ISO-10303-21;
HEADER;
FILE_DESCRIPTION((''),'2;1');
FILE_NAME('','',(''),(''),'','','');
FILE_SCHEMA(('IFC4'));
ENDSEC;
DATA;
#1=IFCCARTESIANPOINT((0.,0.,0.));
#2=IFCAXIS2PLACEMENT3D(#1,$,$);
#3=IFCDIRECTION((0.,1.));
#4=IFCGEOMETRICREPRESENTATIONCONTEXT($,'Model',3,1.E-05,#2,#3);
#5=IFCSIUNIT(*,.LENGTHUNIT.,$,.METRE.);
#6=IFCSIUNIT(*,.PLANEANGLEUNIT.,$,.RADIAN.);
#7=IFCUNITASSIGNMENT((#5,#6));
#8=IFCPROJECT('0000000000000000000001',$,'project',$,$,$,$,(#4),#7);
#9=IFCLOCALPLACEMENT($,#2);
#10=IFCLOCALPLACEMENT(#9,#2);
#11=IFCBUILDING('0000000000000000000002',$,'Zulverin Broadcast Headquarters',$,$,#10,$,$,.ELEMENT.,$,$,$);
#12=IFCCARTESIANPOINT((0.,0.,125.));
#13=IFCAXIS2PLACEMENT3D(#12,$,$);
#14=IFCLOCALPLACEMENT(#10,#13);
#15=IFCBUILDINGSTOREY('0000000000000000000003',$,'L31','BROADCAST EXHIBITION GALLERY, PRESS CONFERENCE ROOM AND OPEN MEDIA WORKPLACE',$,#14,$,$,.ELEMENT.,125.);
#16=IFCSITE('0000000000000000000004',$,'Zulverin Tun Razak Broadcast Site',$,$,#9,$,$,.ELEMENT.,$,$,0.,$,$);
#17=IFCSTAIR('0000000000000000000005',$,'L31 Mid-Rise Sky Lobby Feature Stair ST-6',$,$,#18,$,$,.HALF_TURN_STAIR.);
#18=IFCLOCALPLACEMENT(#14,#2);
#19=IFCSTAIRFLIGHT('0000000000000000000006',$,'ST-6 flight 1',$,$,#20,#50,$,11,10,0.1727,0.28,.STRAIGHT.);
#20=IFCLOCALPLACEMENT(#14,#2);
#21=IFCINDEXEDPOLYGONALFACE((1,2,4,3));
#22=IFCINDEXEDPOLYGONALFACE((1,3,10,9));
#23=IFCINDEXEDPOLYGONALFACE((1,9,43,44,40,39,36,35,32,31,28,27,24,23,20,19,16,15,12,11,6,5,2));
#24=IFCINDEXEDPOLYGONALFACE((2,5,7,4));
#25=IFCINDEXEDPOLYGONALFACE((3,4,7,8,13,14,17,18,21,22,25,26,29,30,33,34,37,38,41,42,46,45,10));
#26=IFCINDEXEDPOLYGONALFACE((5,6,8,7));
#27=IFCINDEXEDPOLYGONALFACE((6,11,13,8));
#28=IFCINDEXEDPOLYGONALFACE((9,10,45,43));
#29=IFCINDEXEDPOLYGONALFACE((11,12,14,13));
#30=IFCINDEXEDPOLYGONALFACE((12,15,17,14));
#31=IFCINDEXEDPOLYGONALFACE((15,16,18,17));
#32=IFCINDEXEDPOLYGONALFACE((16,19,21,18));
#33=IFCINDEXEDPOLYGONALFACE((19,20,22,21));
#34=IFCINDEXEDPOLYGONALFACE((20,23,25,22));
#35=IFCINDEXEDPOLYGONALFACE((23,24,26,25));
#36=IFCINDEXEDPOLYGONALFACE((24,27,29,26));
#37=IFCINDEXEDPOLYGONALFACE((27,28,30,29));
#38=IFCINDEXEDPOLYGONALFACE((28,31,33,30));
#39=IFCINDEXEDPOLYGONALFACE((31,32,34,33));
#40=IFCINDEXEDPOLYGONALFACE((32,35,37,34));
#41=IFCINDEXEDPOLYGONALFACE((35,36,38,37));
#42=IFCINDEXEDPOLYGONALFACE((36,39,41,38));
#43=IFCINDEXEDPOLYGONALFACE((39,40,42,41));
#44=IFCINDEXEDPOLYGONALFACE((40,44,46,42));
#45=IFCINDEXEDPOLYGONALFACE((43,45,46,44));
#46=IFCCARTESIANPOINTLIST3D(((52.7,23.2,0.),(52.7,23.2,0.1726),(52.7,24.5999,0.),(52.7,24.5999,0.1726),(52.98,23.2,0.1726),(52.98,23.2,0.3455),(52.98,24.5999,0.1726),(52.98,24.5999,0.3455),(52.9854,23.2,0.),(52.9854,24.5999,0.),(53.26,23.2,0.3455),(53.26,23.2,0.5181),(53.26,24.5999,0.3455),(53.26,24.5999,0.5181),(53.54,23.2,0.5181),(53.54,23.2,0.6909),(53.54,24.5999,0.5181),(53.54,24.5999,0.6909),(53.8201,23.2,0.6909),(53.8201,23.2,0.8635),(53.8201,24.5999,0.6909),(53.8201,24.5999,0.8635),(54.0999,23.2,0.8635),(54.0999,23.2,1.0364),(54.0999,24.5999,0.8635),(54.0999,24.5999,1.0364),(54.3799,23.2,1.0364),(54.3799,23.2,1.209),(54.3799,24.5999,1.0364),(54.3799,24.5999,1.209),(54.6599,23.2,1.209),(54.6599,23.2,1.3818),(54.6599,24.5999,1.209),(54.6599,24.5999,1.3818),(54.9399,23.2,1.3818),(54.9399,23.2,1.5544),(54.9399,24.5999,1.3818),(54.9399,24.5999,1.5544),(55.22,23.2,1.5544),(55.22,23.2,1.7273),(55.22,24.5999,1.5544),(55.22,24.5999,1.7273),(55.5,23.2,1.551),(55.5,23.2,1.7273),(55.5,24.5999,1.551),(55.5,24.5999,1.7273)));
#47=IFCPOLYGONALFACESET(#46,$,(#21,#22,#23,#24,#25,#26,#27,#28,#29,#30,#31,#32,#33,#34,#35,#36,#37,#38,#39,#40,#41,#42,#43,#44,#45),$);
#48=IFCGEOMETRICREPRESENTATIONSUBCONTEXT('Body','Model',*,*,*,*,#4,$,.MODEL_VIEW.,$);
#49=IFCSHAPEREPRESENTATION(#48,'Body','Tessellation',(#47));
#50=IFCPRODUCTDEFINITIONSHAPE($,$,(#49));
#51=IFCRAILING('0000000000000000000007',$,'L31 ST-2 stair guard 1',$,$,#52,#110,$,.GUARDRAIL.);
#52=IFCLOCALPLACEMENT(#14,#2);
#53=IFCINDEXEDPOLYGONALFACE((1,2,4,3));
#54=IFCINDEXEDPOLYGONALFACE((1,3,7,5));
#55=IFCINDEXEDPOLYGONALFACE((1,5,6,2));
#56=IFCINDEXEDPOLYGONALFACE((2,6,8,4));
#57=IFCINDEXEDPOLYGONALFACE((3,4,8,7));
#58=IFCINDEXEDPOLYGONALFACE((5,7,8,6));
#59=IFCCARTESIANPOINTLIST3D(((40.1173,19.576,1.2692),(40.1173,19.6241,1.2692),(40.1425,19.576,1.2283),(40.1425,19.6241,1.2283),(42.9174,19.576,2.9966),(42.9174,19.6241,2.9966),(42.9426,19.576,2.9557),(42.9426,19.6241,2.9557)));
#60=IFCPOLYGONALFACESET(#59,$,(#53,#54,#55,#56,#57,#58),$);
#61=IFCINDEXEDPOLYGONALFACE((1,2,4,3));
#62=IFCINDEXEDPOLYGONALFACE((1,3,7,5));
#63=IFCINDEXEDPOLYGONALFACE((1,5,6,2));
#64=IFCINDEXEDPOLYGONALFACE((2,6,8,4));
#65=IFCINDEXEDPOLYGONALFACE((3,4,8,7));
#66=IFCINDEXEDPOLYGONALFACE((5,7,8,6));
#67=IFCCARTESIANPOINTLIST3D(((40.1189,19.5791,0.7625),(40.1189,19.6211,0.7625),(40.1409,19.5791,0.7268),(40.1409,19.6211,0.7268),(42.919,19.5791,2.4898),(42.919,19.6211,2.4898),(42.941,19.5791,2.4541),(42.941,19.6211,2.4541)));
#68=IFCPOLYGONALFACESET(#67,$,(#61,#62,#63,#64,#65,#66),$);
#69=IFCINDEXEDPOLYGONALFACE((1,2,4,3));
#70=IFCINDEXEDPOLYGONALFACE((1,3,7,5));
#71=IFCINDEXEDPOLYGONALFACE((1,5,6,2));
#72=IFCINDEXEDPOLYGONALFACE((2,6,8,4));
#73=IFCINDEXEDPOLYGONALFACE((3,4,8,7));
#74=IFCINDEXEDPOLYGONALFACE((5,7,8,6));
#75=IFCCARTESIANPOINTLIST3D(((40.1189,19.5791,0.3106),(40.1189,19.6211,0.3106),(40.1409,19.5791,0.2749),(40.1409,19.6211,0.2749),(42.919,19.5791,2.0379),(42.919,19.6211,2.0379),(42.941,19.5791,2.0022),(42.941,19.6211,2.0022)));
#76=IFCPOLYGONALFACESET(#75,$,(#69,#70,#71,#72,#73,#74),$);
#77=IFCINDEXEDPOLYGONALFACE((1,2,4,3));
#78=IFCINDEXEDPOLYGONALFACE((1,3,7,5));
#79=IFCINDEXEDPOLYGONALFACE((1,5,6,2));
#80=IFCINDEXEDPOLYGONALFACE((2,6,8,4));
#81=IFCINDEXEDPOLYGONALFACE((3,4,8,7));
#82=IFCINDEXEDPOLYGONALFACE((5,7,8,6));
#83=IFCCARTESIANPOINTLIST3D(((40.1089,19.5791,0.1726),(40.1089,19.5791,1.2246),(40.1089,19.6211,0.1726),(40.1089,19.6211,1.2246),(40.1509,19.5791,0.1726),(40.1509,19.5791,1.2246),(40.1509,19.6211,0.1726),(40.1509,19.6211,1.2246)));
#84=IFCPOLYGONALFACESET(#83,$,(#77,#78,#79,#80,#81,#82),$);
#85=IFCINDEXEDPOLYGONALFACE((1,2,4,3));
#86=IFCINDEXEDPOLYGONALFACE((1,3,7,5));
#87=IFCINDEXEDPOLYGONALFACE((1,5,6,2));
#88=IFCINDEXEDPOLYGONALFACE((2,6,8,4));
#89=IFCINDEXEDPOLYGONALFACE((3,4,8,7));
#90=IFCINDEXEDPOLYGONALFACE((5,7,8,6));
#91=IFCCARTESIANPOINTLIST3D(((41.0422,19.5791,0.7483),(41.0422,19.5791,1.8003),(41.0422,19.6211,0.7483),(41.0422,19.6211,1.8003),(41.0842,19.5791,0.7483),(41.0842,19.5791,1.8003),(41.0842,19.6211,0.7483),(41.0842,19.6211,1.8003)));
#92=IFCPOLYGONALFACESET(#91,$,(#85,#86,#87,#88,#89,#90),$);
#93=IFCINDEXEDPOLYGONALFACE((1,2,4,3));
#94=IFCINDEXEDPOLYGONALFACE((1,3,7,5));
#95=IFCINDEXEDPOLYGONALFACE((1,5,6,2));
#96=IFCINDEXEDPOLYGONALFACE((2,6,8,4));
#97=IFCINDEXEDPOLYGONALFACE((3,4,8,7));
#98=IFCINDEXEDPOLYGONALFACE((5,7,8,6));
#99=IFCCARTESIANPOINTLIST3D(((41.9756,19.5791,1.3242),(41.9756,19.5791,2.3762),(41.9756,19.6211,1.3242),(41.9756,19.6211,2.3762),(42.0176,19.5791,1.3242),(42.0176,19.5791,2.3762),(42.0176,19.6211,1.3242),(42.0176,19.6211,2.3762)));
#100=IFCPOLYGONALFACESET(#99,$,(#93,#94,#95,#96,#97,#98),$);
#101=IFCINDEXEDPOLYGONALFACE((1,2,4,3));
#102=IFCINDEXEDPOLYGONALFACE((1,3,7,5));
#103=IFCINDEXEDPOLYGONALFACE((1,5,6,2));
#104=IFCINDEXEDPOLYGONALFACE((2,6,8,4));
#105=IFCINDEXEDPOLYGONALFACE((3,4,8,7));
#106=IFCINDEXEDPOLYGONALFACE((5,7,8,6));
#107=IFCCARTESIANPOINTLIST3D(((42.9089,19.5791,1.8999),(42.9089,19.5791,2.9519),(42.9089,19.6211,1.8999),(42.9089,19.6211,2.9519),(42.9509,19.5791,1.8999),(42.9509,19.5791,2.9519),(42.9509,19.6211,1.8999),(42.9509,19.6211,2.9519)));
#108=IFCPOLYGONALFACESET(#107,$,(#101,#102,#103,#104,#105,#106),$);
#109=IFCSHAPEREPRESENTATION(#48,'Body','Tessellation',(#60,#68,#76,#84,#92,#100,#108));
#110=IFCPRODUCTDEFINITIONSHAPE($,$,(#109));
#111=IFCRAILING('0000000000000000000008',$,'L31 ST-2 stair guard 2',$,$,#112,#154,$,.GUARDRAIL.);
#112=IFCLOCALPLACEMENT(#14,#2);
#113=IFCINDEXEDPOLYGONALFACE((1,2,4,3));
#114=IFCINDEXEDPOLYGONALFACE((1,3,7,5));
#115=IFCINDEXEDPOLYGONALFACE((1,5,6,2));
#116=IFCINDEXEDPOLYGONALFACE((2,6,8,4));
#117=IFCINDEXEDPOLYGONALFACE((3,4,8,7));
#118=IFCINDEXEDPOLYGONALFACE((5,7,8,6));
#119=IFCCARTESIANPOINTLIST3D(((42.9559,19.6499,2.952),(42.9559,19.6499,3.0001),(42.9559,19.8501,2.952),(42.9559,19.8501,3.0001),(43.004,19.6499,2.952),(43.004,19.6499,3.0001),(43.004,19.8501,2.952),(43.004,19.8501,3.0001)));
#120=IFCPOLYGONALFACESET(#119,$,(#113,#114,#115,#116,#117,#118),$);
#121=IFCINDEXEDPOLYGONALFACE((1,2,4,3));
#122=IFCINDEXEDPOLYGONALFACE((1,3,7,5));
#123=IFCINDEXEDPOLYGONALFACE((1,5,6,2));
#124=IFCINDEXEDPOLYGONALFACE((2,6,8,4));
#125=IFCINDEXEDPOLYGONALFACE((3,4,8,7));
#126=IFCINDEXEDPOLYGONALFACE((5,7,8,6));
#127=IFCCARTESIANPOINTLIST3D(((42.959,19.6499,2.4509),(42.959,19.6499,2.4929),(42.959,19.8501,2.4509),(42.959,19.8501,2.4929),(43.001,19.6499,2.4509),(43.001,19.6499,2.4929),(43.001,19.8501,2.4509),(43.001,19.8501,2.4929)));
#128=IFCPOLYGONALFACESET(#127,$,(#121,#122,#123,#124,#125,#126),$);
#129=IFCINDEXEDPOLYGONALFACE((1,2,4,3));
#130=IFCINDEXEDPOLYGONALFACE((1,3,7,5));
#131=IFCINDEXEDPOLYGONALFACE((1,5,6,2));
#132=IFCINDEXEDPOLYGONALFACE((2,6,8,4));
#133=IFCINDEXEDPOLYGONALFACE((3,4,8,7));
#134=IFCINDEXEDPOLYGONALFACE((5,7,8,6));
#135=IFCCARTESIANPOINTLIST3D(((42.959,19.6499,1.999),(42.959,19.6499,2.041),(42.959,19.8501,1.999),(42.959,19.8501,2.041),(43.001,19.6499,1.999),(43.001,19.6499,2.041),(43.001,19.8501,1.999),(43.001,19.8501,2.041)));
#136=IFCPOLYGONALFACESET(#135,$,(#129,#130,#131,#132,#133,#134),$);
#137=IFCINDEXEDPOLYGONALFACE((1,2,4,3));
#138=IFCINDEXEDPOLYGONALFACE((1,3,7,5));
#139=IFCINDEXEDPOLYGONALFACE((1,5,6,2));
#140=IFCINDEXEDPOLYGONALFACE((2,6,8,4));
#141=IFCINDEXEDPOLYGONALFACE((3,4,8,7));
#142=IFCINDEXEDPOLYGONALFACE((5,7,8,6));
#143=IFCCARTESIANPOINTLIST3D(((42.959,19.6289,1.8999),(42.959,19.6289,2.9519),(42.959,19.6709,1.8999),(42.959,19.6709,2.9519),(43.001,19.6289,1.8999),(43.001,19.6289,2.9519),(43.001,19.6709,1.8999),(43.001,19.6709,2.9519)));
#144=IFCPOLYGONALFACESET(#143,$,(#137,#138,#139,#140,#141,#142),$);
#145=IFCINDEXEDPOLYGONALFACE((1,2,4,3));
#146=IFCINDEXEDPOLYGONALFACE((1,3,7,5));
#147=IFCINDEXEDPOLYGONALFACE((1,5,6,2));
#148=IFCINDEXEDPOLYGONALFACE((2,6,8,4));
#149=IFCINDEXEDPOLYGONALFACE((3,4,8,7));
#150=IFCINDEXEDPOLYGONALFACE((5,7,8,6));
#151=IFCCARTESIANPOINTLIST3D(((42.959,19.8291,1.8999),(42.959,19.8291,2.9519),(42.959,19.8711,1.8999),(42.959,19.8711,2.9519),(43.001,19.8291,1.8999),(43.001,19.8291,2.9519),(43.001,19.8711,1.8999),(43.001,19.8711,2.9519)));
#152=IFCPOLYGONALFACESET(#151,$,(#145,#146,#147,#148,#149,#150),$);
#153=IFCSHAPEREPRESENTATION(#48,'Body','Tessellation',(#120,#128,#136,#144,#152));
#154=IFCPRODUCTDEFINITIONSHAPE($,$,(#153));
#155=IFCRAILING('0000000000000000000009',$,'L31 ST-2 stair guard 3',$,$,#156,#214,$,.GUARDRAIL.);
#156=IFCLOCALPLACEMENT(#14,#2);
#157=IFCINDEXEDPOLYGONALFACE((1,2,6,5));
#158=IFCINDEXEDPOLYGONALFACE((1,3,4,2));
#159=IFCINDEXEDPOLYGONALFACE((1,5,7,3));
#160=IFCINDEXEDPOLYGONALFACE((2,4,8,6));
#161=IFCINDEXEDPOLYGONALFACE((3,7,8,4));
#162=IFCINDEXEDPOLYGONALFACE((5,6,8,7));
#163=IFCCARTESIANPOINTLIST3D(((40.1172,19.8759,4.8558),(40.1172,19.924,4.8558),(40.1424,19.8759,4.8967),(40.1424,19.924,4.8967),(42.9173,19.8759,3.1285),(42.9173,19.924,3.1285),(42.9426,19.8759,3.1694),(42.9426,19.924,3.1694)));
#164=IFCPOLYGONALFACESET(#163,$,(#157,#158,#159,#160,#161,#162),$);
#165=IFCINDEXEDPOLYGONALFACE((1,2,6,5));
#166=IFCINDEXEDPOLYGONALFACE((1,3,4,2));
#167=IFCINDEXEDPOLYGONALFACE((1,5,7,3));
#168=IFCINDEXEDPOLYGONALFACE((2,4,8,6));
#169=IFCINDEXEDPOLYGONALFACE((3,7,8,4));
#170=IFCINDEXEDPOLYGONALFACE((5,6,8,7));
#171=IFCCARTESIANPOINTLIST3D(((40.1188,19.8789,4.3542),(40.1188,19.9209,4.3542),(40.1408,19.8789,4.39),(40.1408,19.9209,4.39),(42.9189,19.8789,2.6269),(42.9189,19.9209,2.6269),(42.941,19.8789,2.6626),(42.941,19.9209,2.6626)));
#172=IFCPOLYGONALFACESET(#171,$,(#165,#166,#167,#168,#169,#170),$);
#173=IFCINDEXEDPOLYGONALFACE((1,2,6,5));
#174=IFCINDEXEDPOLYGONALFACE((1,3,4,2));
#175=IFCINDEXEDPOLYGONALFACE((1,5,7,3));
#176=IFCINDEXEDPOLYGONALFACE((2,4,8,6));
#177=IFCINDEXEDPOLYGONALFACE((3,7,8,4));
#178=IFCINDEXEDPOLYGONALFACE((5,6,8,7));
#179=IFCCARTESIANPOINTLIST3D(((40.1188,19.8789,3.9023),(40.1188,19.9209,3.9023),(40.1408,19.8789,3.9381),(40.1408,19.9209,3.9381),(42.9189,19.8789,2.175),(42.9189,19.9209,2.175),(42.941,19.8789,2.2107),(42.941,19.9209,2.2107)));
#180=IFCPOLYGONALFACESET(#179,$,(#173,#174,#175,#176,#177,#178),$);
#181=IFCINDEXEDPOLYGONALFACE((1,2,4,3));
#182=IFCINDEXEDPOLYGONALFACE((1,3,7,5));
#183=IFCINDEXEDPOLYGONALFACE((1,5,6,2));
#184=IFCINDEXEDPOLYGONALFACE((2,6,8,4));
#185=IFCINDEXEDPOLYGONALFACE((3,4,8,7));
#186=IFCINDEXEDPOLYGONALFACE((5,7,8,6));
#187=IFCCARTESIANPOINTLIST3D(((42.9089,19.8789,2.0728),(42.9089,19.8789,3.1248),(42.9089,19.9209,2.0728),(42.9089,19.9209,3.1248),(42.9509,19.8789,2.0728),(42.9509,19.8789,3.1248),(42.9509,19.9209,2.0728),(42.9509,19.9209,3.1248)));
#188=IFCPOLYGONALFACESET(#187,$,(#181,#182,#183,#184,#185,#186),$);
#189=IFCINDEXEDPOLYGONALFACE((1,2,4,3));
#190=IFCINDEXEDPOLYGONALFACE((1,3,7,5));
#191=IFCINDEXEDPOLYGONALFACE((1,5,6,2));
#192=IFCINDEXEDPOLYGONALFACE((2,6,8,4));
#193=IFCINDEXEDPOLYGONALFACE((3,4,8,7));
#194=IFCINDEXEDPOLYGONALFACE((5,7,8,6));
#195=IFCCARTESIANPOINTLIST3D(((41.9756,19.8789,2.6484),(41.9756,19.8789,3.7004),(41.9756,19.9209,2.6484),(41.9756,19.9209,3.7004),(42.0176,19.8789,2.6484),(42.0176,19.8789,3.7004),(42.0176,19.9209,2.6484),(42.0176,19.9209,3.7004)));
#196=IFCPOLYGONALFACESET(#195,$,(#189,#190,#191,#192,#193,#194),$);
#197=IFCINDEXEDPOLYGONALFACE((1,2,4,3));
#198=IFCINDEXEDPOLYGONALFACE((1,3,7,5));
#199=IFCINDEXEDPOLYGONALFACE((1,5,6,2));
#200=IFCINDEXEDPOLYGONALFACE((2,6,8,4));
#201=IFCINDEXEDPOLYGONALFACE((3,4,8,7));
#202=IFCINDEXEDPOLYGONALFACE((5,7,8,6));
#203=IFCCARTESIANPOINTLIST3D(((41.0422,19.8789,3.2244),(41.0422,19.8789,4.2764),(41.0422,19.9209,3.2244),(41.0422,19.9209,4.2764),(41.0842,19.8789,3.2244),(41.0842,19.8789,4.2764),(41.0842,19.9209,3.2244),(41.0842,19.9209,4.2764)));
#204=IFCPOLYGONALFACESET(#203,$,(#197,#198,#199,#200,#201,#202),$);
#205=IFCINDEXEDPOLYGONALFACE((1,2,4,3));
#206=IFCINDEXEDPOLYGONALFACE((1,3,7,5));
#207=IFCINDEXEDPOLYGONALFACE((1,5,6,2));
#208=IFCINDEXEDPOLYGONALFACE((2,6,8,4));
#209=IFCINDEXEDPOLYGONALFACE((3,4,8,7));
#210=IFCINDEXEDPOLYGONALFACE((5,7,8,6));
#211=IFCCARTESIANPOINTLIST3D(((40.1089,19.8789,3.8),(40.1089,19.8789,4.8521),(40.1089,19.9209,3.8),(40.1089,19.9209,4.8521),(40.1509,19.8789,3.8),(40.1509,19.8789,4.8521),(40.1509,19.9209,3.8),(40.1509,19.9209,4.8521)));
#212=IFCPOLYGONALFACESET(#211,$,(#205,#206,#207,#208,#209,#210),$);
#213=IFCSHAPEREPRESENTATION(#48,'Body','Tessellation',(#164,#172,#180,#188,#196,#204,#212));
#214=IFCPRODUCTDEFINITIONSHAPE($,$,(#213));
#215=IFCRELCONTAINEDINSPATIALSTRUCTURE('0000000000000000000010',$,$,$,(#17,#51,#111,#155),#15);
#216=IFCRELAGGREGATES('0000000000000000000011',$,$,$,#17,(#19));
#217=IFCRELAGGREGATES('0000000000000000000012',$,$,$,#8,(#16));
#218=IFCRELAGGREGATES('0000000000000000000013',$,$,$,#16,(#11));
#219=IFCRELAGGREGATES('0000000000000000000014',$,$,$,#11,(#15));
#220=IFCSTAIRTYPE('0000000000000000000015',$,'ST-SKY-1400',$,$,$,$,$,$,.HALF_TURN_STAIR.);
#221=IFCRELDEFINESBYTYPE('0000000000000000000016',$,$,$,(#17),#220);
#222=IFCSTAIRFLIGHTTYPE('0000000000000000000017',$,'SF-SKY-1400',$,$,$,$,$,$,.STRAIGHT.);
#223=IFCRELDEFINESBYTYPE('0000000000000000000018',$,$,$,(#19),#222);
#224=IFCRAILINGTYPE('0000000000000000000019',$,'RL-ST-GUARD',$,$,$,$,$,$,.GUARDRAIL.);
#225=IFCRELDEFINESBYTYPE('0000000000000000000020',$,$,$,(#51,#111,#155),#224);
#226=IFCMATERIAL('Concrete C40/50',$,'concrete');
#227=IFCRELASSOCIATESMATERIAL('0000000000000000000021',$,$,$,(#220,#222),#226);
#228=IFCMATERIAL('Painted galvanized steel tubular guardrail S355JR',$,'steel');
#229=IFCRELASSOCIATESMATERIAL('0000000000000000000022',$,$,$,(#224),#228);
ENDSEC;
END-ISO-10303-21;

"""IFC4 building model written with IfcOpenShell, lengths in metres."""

from ifc_helpers import new_model, si_unit, direction, frame, origin, origin_2d, place, context, subcontext, project, spatial, polyline, rectangle, outline, extrude, material, type_object, element, aggregate, save


model = new_model("IFC4")

# Units and contexts
model_context = context("Model", 3, precision=1e-05, world=origin(), true_north=direction((0.0, 1.0)))
body_context = subcontext(model_context, "Body", "Model", "MODEL_VIEW")
ifc_project = project(units=[si_unit("LENGTHUNIT", "METRE"), si_unit("PLANEANGLEUNIT", "RADIAN")], contexts=[model_context])

# Site, building, storey
site_placement = place(None, origin())
site = spatial("IfcSite", under=ifc_project, at=site_placement, Name="Zulverin Tun Razak Broadcast Site", CompositionType="ELEMENT", RefElevation=0.0)
building_placement = place(site_placement, origin())
building = spatial("IfcBuilding", under=site, at=building_placement, Name="Zulverin Broadcast Headquarters", CompositionType="ELEMENT")
storey_placement = place(building_placement, frame((0.0, 0.0, 125.0)))
storey = spatial("IfcBuildingStorey", under=building, at=storey_placement, Name="L31", Description="BROADCAST EXHIBITION GALLERY, PRESS CONFERENCE ROOM AND OPEN MEDIA WORKPLACE", CompositionType="ELEMENT", Elevation=125.0)

# Shared definitions
ifc_material_1 = material(Name="Concrete C40/50", Category="concrete")

# Stair, stair flight
stair_type_1 = type_object("IfcStairType", Name="ST-SKY-1400", PredefinedType="HALF_TURN_STAIR", material=ifc_material_1)
stair_1_placement = place(storey_placement, origin())
stair_1 = element("IfcStair", 1, at=stair_1_placement, inside=storey, type_object=stair_type_1, Name="L31 Mid-Rise Sky Lobby Feature Stair ST-6", PredefinedType="HALF_TURN_STAIR")
stair_flight_type_1 = type_object("IfcStairFlightType", Name="SF-SKY-1400", PredefinedType="STRAIGHT", material=ifc_material_1)
stair_flight_1_placement = place(storey_placement, frame((52.7, 23.8999, 0.0), z_axis=(0.0, 0.0, 1.0), x_axis=(1.0, 0.0, 0.0)))
stair_flight_1 = element("IfcStairFlight", 2, at=stair_flight_1_placement, type_object=stair_flight_type_1, Name="ST-6 flight 1", NumberOfRisers=11, NumberOfTreads=10, PredefinedType="STRAIGHT", RiserHeight=0.1727, TreadLength=0.28, context=body_context, shape_type="SweptSolid", body=[
    extrude(outline(polyline([(0.0, 0.0), (0.0, 0.1726), (0.28, 0.1726), (0.28, 0.3455), (0.5601, 0.3455), (0.5601, 0.5181), (0.8401, 0.5181), (0.8401, 0.6909), (1.1201, 0.6909), (1.1201, 0.8635), (1.3999, 0.8635), (1.3999, 1.0364), (1.6799, 1.0364), (1.6799, 1.209), (1.96, 1.209), (1.96, 1.3818), (2.24, 1.3818), (2.24, 1.5544), (2.52, 1.5544), (2.52, 1.7273), (2.8, 1.7273), (2.8, 1.8999), (2.8, 1.551), (0.2854, 0.0), (0.0, 0.0)])), frame((0.0, 0.7, 0.0), z_axis=(0.0, -1.0, 0.0), x_axis=(1.0, 0.0, 0.0)), (0.0, 0.0, 1.0), 1.3999),
])
aggregate(stair_1, [stair_flight_1])

# Railings
ifc_material_2 = material(Name="Painted galvanized steel tubular guardrail S355JR", Category="steel")
railing_type_1 = type_object("IfcRailingType", Name="RL-ST-GUARD", PredefinedType="GUARDRAIL", material=ifc_material_2)
railing_1_placement = place(storey_placement, frame((40.1299, 19.6001, 0.1726)))
element("IfcRailing", 3, at=railing_1_placement, inside=storey, type_object=railing_type_1, Name="L31 ST-2 stair guard 1", PredefinedType="GUARDRAIL", context=body_context, shape_type="SweptSolid", body=[
    extrude(rectangle(XDim=0.0481, YDim=0.0481, at=origin_2d()), frame((0.0, 0.0, 1.0762), z_axis=(0.85109, 0.0, 0.52502), x_axis=(0.0, 1.0, 0.0)), (0.0, 0.0, 1.0), 3.29),
    extrude(rectangle(XDim=0.042, YDim=0.042, at=origin_2d()), frame((0.0, 0.0, 0.572), z_axis=(0.85109, 0.0, 0.52502), x_axis=(0.0, 1.0, 0.0)), (0.0, 0.0, 1.0), 3.29),
    extrude(rectangle(XDim=0.042, YDim=0.042, at=origin_2d()), frame((0.0, 0.0, 0.1201), z_axis=(0.85109, 0.0, 0.52502), x_axis=(0.0, 1.0, 0.0)), (0.0, 0.0, 1.0), 3.29),
    extrude(rectangle(XDim=0.042, YDim=0.042, at=origin_2d()), origin(), (0.0, 0.0, 1.0), 1.052),
    extrude(rectangle(XDim=0.042, YDim=0.042, at=origin_2d()), frame((0.9333, 0.0, 0.5757)), (0.0, 0.0, 1.0), 1.052),
    extrude(rectangle(XDim=0.042, YDim=0.042, at=origin_2d()), frame((1.8667, 0.0, 1.1516)), (0.0, 0.0, 1.0), 1.052),
    extrude(rectangle(XDim=0.042, YDim=0.042, at=origin_2d()), frame((2.8, 0.0, 1.7273)), (0.0, 0.0, 1.0), 1.052),
])
railing_2_placement = place(storey_placement, frame((42.98, 19.6499, 1.8999)))
element("IfcRailing", 4, at=railing_2_placement, inside=storey, type_object=railing_type_1, Name="L31 ST-2 stair guard 2", PredefinedType="GUARDRAIL", context=body_context, shape_type="SweptSolid", body=[
    extrude(rectangle(XDim=0.0481, YDim=0.0481, at=origin_2d()), frame((0.0, 0.0, 1.0762), z_axis=(0.0, 1.0, 0.0), x_axis=(-1.0, 0.0, 0.0)), (0.0, 0.0, 1.0), 0.2002),
    extrude(rectangle(XDim=0.042, YDim=0.042, at=origin_2d()), frame((0.0, 0.0, 0.572), z_axis=(0.0, 1.0, 0.0), x_axis=(-1.0, 0.0, 0.0)), (0.0, 0.0, 1.0), 0.2002),
    extrude(rectangle(XDim=0.042, YDim=0.042, at=origin_2d()), frame((0.0, 0.0, 0.1201), z_axis=(0.0, 1.0, 0.0), x_axis=(-1.0, 0.0, 0.0)), (0.0, 0.0, 1.0), 0.2002),
    extrude(rectangle(XDim=0.042, YDim=0.042, at=origin_2d()), origin(), (0.0, 0.0, 1.0), 1.052),
    extrude(rectangle(XDim=0.042, YDim=0.042, at=origin_2d()), frame((0.0, 0.2002, 0.0)), (0.0, 0.0, 1.0), 1.052),
])
railing_3_placement = place(storey_placement, frame((42.9299, 19.8999, 2.0728)))
element("IfcRailing", 5, at=railing_3_placement, inside=storey, type_object=railing_type_1, Name="L31 ST-2 stair guard 3", PredefinedType="GUARDRAIL", context=body_context, shape_type="SweptSolid", body=[
    extrude(rectangle(XDim=0.0481, YDim=0.0481, at=origin_2d()), frame((0.0, 0.0, 1.0762), z_axis=(-0.85109, 0.0, 0.52502), x_axis=(0.0, -1.0, 0.0)), (0.0, 0.0, 1.0), 3.29),
    extrude(rectangle(XDim=0.042, YDim=0.042, at=origin_2d()), frame((0.0, 0.0, 0.572), z_axis=(-0.85109, 0.0, 0.52502), x_axis=(0.0, -1.0, 0.0)), (0.0, 0.0, 1.0), 3.29),
    extrude(rectangle(XDim=0.042, YDim=0.042, at=origin_2d()), frame((0.0, 0.0, 0.1201), z_axis=(-0.85109, 0.0, 0.52502), x_axis=(0.0, -1.0, 0.0)), (0.0, 0.0, 1.0), 3.29),
    extrude(rectangle(XDim=0.042, YDim=0.042, at=origin_2d()), origin(), (0.0, 0.0, 1.0), 1.052),
    extrude(rectangle(XDim=0.042, YDim=0.042, at=origin_2d()), frame((-0.9333, 0.0, 0.5757)), (0.0, 0.0, 1.0), 1.052),
    extrude(rectangle(XDim=0.042, YDim=0.042, at=origin_2d()), frame((-1.8667, 0.0, 1.1516)), (0.0, 0.0, 1.0), 1.052),
    extrude(rectangle(XDim=0.042, YDim=0.042, at=origin_2d()), frame((-2.8, 0.0, 1.7273)), (0.0, 0.0, 1.0), 1.052),
])

save(model, "model.ifc")
